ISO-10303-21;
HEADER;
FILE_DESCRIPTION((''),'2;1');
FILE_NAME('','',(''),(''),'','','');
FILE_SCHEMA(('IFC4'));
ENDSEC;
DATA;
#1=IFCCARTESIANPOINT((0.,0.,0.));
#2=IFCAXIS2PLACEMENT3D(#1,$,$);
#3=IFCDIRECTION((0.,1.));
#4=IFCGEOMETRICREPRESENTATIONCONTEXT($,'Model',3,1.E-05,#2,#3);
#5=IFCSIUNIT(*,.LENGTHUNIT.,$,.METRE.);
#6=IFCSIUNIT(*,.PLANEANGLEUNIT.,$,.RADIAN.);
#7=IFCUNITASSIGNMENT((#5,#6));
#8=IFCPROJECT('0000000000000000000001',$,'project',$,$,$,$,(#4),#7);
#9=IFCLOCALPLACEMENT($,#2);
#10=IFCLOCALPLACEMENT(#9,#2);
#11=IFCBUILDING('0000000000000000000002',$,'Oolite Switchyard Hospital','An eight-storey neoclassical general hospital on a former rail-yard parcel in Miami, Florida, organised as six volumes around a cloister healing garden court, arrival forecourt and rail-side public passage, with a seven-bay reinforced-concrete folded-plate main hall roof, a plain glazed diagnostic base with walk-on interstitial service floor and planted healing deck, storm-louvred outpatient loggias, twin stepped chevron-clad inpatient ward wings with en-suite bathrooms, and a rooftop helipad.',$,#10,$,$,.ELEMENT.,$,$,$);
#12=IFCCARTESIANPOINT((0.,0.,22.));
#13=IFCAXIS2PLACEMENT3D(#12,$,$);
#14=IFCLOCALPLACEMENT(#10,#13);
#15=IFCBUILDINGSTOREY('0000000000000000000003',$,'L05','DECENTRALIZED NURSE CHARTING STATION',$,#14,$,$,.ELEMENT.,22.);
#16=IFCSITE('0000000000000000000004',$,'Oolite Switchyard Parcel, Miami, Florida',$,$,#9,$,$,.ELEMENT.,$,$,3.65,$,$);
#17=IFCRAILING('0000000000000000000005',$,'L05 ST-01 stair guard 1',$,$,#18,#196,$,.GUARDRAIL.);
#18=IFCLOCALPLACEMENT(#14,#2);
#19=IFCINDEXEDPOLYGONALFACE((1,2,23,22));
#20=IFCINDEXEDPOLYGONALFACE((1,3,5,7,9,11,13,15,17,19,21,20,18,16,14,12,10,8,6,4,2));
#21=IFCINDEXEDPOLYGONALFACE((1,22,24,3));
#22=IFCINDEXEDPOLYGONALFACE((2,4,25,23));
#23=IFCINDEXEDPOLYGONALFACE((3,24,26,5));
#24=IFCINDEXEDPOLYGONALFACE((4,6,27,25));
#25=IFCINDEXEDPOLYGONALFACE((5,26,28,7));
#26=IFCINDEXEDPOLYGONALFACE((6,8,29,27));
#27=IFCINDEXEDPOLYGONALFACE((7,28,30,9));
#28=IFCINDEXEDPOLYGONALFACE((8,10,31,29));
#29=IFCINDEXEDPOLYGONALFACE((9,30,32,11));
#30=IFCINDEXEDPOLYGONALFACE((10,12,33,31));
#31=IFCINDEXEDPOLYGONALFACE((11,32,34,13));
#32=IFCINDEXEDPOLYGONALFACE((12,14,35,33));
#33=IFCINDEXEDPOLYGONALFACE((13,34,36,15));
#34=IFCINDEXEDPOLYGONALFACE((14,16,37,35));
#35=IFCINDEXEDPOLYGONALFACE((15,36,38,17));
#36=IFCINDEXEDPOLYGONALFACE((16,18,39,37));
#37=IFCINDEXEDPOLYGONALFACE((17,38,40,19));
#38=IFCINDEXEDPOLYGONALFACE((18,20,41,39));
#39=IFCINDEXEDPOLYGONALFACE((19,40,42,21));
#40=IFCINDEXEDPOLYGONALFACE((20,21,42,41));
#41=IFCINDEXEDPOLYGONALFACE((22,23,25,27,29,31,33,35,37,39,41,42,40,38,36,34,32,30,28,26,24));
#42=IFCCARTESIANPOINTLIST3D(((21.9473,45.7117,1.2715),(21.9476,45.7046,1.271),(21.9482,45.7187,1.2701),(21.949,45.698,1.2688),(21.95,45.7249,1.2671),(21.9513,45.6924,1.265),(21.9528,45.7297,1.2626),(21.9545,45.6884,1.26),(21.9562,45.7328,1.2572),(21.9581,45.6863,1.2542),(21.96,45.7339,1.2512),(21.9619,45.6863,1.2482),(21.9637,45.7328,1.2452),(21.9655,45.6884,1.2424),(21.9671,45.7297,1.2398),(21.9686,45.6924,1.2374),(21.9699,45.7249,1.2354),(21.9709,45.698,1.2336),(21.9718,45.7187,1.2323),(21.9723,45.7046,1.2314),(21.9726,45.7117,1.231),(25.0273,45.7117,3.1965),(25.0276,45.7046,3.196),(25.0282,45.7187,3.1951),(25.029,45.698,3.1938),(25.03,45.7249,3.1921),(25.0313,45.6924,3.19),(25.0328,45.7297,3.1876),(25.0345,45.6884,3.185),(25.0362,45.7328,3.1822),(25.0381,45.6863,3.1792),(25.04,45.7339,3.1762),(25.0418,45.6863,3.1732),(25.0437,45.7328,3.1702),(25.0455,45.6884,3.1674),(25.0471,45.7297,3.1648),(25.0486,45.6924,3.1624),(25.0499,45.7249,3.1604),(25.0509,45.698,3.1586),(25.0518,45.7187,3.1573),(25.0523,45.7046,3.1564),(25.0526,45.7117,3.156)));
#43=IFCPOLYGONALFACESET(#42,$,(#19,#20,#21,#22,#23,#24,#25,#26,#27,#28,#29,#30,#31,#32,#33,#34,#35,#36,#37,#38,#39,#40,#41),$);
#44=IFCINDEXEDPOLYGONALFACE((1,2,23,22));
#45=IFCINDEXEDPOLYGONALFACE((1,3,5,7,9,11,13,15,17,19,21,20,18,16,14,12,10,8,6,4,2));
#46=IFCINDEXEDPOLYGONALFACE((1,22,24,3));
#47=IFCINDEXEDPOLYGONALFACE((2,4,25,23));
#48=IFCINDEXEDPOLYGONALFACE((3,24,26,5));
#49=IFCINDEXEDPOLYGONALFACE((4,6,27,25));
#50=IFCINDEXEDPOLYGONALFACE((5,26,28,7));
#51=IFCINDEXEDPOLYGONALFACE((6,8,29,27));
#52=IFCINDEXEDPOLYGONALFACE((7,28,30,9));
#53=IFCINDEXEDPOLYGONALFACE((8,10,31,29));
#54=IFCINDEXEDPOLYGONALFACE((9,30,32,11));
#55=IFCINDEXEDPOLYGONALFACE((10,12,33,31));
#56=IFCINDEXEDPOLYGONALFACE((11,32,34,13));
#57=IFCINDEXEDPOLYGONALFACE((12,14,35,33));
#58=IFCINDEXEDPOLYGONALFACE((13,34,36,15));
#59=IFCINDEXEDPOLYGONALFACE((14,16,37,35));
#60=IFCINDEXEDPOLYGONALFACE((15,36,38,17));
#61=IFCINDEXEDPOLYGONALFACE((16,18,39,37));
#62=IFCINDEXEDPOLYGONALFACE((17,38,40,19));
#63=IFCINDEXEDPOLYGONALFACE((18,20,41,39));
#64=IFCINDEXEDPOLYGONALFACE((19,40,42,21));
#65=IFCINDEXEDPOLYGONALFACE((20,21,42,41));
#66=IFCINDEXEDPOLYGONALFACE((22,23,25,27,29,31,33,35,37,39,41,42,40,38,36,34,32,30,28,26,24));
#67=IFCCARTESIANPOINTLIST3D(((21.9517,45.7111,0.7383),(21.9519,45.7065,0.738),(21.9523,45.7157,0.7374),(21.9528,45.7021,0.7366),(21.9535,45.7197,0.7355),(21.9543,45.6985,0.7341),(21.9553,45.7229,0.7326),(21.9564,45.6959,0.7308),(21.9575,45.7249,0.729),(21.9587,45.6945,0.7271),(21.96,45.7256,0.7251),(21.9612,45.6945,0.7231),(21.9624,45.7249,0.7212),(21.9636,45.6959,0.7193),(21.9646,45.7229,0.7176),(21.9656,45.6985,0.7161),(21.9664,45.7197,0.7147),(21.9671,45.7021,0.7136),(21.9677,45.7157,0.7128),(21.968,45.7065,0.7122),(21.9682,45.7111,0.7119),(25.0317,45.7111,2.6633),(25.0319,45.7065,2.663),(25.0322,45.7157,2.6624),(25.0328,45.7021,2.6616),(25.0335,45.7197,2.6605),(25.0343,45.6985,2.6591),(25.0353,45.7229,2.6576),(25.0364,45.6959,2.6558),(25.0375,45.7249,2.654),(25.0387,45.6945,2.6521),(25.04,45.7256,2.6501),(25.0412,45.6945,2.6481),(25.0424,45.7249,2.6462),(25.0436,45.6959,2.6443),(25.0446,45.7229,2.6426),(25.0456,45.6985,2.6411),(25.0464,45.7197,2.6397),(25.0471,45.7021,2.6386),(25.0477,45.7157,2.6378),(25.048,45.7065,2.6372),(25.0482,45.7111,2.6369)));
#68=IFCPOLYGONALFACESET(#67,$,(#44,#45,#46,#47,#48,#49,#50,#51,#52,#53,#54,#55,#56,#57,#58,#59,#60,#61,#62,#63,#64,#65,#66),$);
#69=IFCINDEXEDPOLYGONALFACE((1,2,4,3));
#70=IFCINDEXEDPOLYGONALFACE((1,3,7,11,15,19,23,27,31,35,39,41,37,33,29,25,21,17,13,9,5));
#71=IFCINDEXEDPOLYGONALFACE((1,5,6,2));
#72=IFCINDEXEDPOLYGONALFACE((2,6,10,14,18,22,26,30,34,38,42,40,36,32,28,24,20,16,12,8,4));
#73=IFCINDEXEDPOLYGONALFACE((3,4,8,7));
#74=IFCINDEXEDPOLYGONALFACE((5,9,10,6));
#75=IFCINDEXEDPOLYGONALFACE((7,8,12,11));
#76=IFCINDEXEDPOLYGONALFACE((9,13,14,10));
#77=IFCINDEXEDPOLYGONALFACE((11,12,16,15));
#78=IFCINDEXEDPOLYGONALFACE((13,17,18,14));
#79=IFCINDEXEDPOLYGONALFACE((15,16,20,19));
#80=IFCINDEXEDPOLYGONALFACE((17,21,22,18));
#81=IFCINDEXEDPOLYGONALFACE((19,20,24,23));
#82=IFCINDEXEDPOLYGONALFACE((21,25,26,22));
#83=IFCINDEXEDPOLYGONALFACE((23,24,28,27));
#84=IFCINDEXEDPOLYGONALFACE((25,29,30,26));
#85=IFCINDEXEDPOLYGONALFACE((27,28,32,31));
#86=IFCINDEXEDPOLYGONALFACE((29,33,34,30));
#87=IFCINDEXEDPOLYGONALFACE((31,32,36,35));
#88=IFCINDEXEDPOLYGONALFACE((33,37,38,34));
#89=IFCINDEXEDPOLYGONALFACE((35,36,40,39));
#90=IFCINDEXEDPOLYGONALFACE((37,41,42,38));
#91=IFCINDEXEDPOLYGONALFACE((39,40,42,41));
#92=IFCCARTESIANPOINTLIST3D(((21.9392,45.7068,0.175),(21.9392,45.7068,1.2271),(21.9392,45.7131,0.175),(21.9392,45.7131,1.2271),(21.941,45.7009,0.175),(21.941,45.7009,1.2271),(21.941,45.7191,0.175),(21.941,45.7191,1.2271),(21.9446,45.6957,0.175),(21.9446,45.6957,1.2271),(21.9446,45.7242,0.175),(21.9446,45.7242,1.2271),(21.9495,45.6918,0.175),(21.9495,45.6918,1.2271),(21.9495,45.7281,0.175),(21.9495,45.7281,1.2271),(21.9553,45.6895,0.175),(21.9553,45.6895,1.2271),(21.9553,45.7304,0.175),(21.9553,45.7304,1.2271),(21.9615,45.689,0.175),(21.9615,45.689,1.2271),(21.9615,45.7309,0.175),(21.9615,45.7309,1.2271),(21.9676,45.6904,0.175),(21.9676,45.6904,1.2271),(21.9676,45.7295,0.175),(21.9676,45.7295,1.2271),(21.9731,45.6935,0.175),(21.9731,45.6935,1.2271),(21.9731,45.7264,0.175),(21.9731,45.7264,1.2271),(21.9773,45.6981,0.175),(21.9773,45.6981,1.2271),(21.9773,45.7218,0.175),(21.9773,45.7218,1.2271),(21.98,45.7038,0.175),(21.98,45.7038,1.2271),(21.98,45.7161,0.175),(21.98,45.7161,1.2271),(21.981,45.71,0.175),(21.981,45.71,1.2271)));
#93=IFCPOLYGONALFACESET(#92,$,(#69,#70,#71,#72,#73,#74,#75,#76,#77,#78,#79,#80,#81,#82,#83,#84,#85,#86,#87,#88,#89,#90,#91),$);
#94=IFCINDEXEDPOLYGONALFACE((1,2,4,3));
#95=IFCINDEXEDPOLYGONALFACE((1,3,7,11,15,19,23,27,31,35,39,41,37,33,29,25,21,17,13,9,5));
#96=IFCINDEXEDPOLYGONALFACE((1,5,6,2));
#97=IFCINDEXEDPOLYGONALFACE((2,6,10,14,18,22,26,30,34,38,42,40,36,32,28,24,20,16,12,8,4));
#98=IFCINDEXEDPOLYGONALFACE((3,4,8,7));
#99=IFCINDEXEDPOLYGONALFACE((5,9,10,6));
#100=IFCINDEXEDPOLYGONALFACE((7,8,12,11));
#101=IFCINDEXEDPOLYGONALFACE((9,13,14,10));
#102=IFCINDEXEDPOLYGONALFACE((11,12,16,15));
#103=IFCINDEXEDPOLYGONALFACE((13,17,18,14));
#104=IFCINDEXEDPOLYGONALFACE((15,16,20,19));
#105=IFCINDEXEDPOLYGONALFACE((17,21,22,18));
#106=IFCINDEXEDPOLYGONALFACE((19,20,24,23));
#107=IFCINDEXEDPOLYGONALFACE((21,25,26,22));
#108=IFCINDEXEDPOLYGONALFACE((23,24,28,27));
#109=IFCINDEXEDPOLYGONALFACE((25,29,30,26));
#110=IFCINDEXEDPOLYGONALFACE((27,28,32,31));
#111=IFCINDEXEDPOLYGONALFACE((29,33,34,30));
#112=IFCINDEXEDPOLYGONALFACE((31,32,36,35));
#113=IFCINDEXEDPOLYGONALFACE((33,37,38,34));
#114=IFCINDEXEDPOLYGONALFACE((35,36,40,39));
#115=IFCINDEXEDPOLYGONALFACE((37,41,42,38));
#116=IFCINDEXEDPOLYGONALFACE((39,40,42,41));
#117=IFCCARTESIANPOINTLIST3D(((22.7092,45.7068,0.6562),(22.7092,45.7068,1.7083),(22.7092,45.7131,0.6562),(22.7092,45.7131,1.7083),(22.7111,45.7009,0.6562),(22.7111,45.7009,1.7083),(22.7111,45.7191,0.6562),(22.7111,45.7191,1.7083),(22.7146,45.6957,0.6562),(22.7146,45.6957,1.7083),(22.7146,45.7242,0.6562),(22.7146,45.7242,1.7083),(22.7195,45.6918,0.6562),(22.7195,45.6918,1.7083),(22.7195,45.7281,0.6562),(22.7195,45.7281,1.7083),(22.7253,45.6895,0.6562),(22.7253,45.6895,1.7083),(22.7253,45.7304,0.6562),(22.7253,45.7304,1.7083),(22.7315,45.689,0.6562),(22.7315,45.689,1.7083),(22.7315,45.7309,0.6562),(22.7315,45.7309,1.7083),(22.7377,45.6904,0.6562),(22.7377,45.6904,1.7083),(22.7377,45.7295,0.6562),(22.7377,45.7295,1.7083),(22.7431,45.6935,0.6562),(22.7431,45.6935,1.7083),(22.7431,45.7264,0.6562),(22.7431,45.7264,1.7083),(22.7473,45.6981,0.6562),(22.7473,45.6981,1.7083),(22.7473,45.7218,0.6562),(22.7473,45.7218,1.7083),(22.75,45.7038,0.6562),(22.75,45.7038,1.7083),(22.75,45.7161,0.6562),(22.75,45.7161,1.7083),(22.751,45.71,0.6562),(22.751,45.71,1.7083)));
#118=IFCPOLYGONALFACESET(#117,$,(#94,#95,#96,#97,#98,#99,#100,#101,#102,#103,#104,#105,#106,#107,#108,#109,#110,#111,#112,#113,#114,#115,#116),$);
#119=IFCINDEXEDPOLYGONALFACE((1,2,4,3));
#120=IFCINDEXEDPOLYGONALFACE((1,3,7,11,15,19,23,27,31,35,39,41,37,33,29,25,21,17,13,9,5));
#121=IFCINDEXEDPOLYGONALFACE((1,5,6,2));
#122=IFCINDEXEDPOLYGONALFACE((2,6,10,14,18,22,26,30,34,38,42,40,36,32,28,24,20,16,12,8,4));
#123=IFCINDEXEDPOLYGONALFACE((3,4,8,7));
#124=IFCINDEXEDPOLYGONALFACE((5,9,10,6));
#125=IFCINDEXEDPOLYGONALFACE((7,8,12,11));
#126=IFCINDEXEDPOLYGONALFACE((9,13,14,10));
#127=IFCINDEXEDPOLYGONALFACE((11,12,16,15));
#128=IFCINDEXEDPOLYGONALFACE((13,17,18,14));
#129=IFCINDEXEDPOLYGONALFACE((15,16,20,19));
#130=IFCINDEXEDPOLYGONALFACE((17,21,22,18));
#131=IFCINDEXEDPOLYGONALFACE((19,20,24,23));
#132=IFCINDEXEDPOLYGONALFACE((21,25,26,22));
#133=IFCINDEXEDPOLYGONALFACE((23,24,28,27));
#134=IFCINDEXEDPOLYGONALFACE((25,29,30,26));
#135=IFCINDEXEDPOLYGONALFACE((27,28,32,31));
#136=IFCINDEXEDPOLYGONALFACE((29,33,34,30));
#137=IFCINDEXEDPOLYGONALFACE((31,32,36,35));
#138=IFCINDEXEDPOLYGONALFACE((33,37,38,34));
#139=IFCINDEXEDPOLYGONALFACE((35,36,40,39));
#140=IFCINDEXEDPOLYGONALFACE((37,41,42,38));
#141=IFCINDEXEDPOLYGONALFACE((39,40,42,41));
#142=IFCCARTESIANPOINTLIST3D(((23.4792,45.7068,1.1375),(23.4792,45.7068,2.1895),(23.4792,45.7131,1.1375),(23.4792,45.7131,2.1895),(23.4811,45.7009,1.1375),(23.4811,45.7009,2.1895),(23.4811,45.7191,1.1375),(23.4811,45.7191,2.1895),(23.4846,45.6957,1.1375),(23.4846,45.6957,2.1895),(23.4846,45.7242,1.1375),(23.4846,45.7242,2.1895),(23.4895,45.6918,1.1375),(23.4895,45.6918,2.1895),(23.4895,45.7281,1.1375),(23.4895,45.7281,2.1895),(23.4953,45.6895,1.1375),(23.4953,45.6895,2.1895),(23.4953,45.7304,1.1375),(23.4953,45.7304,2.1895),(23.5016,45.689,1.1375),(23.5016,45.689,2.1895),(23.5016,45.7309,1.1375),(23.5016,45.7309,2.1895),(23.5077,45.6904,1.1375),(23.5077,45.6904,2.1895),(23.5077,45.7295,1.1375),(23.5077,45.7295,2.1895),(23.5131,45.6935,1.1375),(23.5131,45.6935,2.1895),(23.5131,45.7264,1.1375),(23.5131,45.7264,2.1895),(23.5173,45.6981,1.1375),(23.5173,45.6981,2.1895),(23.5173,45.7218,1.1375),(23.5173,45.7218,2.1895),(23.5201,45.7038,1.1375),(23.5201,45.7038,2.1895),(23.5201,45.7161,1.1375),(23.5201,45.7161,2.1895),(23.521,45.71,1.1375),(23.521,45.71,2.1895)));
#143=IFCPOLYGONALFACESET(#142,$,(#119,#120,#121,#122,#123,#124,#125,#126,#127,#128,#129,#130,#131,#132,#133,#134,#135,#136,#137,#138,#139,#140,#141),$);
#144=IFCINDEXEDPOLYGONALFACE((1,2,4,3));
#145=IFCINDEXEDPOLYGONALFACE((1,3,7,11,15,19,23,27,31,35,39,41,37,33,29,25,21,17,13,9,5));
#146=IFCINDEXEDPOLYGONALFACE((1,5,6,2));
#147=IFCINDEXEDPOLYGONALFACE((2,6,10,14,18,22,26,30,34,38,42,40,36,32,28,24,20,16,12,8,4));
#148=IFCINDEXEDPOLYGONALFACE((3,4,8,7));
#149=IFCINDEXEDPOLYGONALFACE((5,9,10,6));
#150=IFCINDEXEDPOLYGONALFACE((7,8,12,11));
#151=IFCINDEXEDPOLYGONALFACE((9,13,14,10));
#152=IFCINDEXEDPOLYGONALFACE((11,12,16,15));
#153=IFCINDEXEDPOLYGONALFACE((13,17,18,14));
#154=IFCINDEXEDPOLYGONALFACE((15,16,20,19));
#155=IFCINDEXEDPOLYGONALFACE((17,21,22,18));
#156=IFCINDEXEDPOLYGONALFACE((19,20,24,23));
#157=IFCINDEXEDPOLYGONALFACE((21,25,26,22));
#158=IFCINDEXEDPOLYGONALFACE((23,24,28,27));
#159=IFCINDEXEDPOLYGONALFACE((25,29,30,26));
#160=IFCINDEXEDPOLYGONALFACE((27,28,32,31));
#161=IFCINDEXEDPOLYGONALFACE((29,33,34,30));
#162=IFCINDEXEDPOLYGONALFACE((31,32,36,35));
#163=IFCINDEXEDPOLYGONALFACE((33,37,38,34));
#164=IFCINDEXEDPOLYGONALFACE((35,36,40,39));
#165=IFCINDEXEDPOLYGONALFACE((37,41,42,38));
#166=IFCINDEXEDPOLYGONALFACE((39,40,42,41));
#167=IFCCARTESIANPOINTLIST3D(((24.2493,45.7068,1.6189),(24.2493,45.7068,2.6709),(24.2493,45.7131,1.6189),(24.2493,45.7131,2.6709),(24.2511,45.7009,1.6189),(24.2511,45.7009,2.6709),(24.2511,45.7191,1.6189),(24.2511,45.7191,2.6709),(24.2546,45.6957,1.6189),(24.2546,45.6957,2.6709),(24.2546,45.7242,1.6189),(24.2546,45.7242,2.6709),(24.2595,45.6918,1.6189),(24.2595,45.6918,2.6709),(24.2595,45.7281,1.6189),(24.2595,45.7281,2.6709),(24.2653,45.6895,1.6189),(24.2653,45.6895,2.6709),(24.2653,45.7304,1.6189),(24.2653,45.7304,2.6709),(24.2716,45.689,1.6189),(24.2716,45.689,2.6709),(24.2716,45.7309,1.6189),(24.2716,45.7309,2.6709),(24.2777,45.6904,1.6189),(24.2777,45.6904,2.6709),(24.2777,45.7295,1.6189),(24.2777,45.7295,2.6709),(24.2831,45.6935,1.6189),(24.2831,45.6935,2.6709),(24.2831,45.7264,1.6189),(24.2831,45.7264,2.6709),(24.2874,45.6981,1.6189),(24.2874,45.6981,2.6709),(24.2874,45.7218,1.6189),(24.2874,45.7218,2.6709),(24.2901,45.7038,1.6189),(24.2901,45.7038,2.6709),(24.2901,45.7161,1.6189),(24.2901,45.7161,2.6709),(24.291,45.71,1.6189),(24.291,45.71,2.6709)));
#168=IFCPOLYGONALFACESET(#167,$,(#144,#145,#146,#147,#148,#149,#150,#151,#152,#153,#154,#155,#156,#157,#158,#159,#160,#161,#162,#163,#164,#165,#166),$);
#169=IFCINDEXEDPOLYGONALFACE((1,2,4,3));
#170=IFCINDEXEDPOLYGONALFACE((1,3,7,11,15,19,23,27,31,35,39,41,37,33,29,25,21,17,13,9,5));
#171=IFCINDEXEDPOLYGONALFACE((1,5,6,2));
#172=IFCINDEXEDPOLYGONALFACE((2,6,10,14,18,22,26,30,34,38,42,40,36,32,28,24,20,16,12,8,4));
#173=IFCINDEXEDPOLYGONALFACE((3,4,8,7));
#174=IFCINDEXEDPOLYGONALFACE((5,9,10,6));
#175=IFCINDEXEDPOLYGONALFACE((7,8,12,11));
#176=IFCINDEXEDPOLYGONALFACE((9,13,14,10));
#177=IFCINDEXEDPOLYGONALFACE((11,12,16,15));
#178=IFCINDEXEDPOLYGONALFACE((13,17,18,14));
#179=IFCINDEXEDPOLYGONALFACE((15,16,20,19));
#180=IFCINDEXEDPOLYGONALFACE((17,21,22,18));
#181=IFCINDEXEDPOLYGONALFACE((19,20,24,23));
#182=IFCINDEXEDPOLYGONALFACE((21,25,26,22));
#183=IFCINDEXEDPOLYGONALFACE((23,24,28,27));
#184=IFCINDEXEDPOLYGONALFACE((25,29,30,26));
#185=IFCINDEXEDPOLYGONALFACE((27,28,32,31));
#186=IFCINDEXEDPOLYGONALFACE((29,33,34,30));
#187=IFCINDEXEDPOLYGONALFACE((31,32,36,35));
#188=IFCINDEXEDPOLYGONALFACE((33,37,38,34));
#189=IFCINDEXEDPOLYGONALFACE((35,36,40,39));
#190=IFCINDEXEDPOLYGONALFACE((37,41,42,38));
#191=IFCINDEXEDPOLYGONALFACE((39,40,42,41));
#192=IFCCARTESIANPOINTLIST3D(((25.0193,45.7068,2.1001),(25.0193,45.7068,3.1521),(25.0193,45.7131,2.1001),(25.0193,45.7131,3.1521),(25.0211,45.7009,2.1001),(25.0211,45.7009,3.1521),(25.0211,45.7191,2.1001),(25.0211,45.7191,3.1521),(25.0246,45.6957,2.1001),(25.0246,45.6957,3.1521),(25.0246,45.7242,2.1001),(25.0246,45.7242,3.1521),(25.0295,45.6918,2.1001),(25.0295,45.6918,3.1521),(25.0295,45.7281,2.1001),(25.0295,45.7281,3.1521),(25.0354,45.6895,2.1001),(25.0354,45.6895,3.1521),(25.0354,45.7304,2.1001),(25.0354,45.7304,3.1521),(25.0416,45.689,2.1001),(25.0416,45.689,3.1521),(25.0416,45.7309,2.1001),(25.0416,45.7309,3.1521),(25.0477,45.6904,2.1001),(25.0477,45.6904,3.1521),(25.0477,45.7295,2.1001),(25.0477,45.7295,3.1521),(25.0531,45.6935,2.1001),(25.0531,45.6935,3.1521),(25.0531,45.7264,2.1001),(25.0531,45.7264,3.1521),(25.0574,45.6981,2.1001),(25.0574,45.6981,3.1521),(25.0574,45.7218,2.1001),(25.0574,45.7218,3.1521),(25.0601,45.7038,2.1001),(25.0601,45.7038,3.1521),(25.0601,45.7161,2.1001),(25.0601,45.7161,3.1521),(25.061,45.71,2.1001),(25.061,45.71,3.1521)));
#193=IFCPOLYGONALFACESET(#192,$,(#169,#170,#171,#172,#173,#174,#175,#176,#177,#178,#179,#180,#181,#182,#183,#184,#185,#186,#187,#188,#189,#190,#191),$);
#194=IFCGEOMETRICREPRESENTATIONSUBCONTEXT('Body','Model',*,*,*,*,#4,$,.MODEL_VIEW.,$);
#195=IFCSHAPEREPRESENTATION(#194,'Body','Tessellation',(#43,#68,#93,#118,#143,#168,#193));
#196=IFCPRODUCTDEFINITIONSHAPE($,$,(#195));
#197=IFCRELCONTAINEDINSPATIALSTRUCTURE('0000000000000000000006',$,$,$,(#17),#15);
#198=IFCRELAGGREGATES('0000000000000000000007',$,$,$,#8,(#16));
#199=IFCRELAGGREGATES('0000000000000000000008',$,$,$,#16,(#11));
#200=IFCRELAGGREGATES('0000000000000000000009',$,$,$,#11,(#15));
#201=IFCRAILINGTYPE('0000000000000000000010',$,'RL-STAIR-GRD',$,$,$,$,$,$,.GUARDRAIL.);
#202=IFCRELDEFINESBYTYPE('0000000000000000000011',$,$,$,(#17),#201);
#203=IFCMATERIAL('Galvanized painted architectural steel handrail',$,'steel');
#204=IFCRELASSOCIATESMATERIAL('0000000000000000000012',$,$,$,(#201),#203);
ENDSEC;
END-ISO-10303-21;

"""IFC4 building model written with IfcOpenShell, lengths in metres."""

from ifc_helpers import new_model, si_unit, direction, frame, origin, origin_2d, place, context, subcontext, project, spatial, circle, extrude, material, type_object, element, save


model = new_model("IFC4")

# Units and contexts
model_context = context("Model", 3, precision=1e-05, world=origin(), true_north=direction((0.0, 1.0)))
body_context = subcontext(model_context, "Body", "Model", "MODEL_VIEW")
ifc_project = project(units=[si_unit("LENGTHUNIT", "METRE"), si_unit("PLANEANGLEUNIT", "RADIAN")], contexts=[model_context])

# Site, building, storey
site_placement = place(None, origin())
site = spatial("IfcSite", under=ifc_project, at=site_placement, Name="Oolite Switchyard Parcel, Miami, Florida", CompositionType="ELEMENT", RefElevation=3.65)
building_placement = place(site_placement, origin())
building = spatial("IfcBuilding", under=site, at=building_placement, Name="Oolite Switchyard Hospital", Description="An eight-storey neoclassical general hospital on a former rail-yard parcel in Miami, Florida, organised as six volumes around a cloister healing garden court, arrival forecourt and rail-side public passage, with a seven-bay reinforced-concrete folded-plate main hall roof, a plain glazed diagnostic base with walk-on interstitial service floor and planted healing deck, storm-louvred outpatient loggias, twin stepped chevron-clad inpatient ward wings with en-suite bathrooms, and a rooftop helipad.", CompositionType="ELEMENT")
storey_placement = place(building_placement, frame((0.0, 0.0, 22.0)))
storey = spatial("IfcBuildingStorey", under=building, at=storey_placement, Name="L05", Description="DECENTRALIZED NURSE CHARTING STATION", CompositionType="ELEMENT", Elevation=22.0)

# Railing
ifc_material_1 = material(Name="Galvanized painted architectural steel handrail", Category="steel")
railing_type_1 = type_object("IfcRailingType", Name="RL-STAIR-GRD", PredefinedType="GUARDRAIL", material=ifc_material_1)
railing_1_placement = place(storey_placement, frame((21.96, 45.71, 0.175)))
element("IfcRailing", 1, at=railing_1_placement, inside=storey, type_object=railing_type_1, Name="L05 ST-01 stair guard 1", PredefinedType="GUARDRAIL", context=body_context, shape_type="SweptSolid", body=[
    extrude(circle(Radius=0.0239, at=origin_2d()), frame((0.0, 0.0, 1.0762), z_axis=(0.847998, 0.0, 0.529999), x_axis=(0.0, 1.0, 0.0)), (0.0, 0.0, 1.0), 3.6321),
    extrude(circle(Radius=0.0156, at=origin_2d()), frame((0.0, 0.0, 0.55), z_axis=(0.847998, 0.0, 0.529999), x_axis=(0.0, 1.0, 0.0)), (0.0, 0.0, 1.0), 3.6321),
    extrude(circle(Radius=0.021, at=origin_2d()), origin(), (0.0, 0.0, 1.0), 1.052),
    extrude(circle(Radius=0.021, at=origin_2d()), frame((0.77, 0.0, 0.4812)), (0.0, 0.0, 1.0), 1.052),
    extrude(circle(Radius=0.021, at=origin_2d()), frame((1.54, 0.0, 0.9624)), (0.0, 0.0, 1.0), 1.052),
    extrude(circle(Radius=0.021, at=origin_2d()), frame((2.3101, 0.0, 1.4438)), (0.0, 0.0, 1.0), 1.052),
    extrude(circle(Radius=0.021, at=origin_2d()), frame((3.0801, 0.0, 1.925)), (0.0, 0.0, 1.0), 1.052),
])

save(model, "model.ifc")
